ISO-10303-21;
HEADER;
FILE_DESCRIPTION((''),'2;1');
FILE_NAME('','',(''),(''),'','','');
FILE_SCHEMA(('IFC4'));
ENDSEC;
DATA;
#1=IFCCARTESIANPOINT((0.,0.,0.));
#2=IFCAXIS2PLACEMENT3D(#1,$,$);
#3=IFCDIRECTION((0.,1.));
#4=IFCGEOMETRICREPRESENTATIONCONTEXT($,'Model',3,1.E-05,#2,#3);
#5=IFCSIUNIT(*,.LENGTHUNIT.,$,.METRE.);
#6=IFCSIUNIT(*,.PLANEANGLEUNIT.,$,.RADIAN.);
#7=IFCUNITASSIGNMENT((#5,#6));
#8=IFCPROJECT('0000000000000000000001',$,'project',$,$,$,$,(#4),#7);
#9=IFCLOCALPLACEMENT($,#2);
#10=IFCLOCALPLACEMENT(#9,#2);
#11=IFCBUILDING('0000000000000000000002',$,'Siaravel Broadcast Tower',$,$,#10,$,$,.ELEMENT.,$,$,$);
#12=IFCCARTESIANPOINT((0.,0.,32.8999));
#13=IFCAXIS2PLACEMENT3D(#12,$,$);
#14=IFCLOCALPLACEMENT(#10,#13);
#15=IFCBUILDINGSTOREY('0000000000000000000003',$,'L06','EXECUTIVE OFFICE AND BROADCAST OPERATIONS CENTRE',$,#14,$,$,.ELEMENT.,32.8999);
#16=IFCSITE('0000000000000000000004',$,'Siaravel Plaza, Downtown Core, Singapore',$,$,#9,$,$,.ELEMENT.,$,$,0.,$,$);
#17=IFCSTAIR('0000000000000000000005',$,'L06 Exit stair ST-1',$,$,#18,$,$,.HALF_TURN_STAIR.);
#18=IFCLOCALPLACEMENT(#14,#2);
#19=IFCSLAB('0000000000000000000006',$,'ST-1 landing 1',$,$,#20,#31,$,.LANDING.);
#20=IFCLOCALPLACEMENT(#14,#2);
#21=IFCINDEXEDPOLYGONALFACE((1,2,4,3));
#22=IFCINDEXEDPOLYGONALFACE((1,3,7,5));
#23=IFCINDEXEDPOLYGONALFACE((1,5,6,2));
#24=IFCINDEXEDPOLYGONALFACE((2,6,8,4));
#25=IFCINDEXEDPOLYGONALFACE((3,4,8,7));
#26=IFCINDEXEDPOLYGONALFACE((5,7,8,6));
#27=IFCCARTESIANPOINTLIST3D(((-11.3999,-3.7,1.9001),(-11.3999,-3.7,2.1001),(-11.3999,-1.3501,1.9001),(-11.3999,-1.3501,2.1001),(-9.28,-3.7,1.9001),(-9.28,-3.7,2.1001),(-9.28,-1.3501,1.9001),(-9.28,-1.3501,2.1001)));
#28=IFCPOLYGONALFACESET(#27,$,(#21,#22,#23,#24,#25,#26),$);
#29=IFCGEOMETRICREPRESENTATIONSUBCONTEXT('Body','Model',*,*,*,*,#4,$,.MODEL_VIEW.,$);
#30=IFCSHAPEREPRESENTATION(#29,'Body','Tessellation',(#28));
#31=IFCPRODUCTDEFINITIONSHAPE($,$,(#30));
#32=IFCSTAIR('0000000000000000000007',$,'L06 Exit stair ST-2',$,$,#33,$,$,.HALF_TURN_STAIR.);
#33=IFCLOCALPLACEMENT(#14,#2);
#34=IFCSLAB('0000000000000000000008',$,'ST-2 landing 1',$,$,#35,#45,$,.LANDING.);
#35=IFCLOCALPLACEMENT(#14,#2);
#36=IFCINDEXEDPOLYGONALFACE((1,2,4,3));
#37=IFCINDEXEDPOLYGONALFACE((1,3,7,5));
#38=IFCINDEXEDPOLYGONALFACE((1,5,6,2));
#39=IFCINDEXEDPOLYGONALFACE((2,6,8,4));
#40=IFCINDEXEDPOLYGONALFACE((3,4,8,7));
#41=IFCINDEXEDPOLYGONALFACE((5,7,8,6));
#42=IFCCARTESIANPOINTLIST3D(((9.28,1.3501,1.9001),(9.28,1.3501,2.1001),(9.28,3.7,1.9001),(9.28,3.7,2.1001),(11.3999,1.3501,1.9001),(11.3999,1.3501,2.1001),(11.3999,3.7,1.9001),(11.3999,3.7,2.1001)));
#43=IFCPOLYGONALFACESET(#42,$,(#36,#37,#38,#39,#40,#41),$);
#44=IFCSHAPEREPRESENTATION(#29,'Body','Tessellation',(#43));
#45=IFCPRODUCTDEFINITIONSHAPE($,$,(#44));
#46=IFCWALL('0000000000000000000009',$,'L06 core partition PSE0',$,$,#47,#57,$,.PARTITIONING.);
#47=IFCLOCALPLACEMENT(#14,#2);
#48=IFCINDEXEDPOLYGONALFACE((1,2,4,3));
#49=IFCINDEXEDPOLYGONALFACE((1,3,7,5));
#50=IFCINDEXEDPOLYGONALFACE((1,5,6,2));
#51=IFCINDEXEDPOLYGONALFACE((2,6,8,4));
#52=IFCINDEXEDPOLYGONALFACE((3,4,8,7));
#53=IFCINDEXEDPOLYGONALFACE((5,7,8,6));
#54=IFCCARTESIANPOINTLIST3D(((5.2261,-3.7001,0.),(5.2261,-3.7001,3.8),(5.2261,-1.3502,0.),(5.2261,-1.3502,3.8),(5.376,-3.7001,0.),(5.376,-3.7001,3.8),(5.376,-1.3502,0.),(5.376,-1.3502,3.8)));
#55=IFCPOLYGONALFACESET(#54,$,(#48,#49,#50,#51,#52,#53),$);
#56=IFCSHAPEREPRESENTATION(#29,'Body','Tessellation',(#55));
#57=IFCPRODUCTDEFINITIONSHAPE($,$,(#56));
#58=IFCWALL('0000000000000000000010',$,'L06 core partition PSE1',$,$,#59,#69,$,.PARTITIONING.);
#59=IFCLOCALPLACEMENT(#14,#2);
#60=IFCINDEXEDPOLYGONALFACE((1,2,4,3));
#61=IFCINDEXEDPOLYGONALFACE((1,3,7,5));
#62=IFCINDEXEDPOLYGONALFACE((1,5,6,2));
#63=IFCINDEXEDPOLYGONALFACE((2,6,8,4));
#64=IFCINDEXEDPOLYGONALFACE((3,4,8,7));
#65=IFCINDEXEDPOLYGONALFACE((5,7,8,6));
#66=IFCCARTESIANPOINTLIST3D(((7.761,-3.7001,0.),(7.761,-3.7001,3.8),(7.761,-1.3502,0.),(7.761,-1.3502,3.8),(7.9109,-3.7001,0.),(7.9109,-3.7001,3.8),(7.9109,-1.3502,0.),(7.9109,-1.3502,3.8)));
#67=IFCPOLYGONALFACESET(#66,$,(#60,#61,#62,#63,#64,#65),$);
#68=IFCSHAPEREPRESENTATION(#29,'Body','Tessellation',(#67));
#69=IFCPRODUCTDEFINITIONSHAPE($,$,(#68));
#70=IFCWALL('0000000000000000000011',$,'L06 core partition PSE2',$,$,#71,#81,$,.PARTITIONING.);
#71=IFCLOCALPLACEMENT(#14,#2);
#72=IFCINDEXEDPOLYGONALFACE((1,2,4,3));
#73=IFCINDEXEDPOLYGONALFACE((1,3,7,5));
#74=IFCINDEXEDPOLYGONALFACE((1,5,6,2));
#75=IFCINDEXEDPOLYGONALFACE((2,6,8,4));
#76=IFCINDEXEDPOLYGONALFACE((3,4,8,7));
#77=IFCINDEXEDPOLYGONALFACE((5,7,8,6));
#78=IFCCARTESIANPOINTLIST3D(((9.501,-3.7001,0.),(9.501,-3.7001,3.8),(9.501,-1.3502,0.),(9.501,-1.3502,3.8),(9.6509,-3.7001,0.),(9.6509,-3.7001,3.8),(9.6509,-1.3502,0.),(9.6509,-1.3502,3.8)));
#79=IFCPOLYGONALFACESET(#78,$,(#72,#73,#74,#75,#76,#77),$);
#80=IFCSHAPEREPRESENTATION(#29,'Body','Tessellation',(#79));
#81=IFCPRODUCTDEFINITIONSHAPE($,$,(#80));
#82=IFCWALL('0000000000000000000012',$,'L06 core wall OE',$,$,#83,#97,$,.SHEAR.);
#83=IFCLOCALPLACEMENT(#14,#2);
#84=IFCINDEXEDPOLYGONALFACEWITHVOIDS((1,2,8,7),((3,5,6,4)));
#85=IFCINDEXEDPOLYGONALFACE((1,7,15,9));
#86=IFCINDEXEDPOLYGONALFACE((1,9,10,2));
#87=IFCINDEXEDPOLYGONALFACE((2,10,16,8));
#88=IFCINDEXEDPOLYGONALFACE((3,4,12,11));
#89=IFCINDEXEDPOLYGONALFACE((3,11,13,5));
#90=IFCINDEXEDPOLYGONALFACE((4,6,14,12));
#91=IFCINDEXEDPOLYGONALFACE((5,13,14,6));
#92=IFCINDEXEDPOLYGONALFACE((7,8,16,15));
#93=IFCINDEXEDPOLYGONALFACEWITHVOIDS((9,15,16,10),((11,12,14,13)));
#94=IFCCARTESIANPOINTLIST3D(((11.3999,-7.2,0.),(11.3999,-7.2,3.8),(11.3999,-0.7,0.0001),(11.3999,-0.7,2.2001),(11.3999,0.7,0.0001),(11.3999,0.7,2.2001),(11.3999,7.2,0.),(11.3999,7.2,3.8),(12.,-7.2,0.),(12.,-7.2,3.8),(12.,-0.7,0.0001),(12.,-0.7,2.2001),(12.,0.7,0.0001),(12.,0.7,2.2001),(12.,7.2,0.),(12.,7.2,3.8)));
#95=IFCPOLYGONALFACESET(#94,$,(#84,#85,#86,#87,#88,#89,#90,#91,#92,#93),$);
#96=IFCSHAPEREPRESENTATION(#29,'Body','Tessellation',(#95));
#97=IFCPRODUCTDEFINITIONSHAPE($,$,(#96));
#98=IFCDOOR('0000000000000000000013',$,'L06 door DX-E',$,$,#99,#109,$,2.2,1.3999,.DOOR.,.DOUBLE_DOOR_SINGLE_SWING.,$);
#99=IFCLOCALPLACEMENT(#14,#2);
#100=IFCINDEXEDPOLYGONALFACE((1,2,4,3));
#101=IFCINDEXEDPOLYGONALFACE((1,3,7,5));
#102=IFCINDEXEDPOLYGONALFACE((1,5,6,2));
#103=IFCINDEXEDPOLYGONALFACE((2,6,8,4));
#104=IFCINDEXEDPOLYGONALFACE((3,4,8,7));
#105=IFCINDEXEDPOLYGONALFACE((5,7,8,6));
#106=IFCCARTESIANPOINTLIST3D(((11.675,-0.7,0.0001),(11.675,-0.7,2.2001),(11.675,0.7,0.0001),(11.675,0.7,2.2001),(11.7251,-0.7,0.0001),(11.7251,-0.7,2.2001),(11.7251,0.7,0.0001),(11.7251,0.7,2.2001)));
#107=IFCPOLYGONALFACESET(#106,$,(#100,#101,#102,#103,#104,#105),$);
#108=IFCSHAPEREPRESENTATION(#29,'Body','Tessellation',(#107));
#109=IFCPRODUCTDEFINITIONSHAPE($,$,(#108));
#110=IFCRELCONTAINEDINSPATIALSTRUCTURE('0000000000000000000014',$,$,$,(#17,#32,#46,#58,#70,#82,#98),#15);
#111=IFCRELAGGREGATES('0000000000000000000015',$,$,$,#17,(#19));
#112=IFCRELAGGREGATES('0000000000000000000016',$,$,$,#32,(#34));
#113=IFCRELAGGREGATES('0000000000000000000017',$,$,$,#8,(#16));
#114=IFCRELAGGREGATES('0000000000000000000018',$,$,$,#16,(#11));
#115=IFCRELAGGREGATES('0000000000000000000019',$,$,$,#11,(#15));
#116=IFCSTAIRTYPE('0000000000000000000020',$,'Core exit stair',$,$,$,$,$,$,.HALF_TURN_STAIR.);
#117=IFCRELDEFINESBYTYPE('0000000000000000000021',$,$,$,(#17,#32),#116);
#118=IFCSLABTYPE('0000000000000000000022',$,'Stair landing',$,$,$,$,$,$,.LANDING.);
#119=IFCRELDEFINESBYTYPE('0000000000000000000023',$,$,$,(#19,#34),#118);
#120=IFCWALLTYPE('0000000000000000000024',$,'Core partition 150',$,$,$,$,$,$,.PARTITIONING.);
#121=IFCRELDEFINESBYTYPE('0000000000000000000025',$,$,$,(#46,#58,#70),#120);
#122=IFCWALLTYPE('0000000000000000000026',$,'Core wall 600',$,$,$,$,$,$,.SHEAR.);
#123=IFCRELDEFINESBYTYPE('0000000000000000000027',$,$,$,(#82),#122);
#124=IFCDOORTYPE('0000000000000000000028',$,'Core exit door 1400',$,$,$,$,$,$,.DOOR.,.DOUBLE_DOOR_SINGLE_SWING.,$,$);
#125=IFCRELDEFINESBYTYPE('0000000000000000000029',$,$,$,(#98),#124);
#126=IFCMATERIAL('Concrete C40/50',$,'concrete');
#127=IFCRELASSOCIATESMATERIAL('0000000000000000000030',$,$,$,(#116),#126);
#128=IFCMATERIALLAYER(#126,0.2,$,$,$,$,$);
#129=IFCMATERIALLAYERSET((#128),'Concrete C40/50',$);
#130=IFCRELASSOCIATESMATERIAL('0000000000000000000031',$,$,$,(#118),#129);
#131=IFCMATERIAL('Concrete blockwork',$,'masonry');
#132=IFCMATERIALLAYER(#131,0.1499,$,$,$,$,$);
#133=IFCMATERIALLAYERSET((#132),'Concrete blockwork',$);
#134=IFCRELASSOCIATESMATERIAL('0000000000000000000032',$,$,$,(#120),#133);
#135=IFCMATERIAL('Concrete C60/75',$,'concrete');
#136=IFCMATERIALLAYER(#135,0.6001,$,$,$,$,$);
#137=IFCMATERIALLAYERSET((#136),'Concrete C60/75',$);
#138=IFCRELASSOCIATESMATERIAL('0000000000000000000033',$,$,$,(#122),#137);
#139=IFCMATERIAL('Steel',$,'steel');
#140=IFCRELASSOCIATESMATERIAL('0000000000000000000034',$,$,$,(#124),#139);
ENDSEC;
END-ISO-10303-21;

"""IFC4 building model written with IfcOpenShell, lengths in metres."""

from ifc_helpers import new_model, si_unit, direction, frame, frame_2d, origin, place, context, subcontext, project, spatial, polyline, rectangle, outline, extrude, material, layer, layer_set, type_object, element, fill, aggregate, save


model = new_model("IFC4")

# Units and contexts
model_context = context("Model", 3, precision=1e-05, world=origin(), true_north=direction((0.0, 1.0)))
body_context = subcontext(model_context, "Body", "Model", "MODEL_VIEW")
ifc_project = project(units=[si_unit("LENGTHUNIT", "METRE"), si_unit("PLANEANGLEUNIT", "RADIAN")], contexts=[model_context])

# Site, building, storey
site_placement = place(None, origin())
site = spatial("IfcSite", under=ifc_project, at=site_placement, Name="Siaravel Plaza, Downtown Core, Singapore", CompositionType="ELEMENT", RefElevation=0.0)
building_placement = place(site_placement, origin())
building = spatial("IfcBuilding", under=site, at=building_placement, Name="Siaravel Broadcast Tower", CompositionType="ELEMENT")
storey_placement = place(building_placement, frame((0.0, 0.0, 32.8999)))
storey = spatial("IfcBuildingStorey", under=building, at=storey_placement, Name="L06", Description="EXECUTIVE OFFICE AND BROADCAST OPERATIONS CENTRE", CompositionType="ELEMENT", Elevation=32.8999)

# Stairs, slabs
ifc_material_1 = material(Name="Concrete C40/50", Category="concrete")
stair_type = type_object("IfcStairType", Name="Core exit stair", PredefinedType="HALF_TURN_STAIR", material=ifc_material_1)
stair_1_placement = place(storey_placement, origin())
stair_1 = element("IfcStair", 1, at=stair_1_placement, inside=storey, type_object=stair_type, Name="L06 Exit stair ST-1", PredefinedType="HALF_TURN_STAIR")
ifc_layer_1 = layer(ifc_material_1, 0.2)
ifc_layer_set_1 = layer_set([ifc_layer_1], Name="Concrete C40/50")
slab_type = type_object("IfcSlabType", Name="Stair landing", PredefinedType="LANDING", material=ifc_layer_set_1)
slab_1_placement = place(storey_placement, frame((0.0, 0.0, 1.9001)))
slab_1 = element("IfcSlab", 2, at=slab_1_placement, type_object=slab_type, Name="ST-1 landing 1", PredefinedType="LANDING", context=body_context, shape_type="SweptSolid", body=[
    extrude(outline(polyline([(-9.28, -1.3501), (-11.3999, -1.3501), (-11.3999, -3.7), (-9.28, -3.7), (-9.28, -1.3501)])), origin(), (0.0, 0.0, 1.0), 0.2),
])
aggregate(stair_1, [slab_1])
stair_2_placement = place(storey_placement, origin())
stair_2 = element("IfcStair", 3, at=stair_2_placement, inside=storey, type_object=stair_type, Name="L06 Exit stair ST-2", PredefinedType="HALF_TURN_STAIR")
slab_2_placement = place(storey_placement, frame((0.0, 0.0, 1.9001)))
slab_2 = element("IfcSlab", 4, at=slab_2_placement, type_object=slab_type, Name="ST-2 landing 1", PredefinedType="LANDING", context=body_context, shape_type="SweptSolid", body=[
    extrude(outline(polyline([(9.28, 1.3501), (11.3999, 1.3501), (11.3999, 3.7), (9.28, 3.7), (9.28, 1.3501)])), origin(), (0.0, 0.0, 1.0), 0.2),
])
aggregate(stair_2, [slab_2])

# Walls
ifc_material_2 = material(Name="Concrete blockwork", Category="masonry")
ifc_layer_2 = layer(ifc_material_2, 0.1499)
ifc_layer_set_2 = layer_set([ifc_layer_2], Name="Concrete blockwork")
wall_type_1 = type_object("IfcWallType", Name="Core partition 150", PredefinedType="PARTITIONING", material=ifc_layer_set_2)
for number, where, z_axis, x_axis, name in (
    (5, (5.301, -3.7, 0.0), (0.0, 0.0, 1.0), (0.0, 1.0, 0.0), "L06 core partition PSE0"),
    (6, (7.8359, -3.7, 0.0), (0.0, 0.0, 1.0), (0.0, 1.0, 0.0), "L06 core partition PSE1"),
    (7, (9.5759, -3.7, 0.0), (0.0, 0.0, 1.0), (0.0, 1.0, 0.0), "L06 core partition PSE2"),
):
    element("IfcWall", number, at=place(storey_placement, frame(where, z_axis=z_axis, x_axis=x_axis)), inside=storey, type_object=wall_type_1, Name=name, PredefinedType="PARTITIONING", context=body_context, shape_type="SweptSolid", body=[
        extrude(rectangle(XDim=2.3499, YDim=0.1499, at=frame_2d((1.1748, 0.0))), origin(), (0.0, 0.0, 1.0), 3.8),
    ])

# Wall, opening, door
ifc_material_3 = material(Name="Concrete C60/75", Category="concrete")
ifc_layer_3 = layer(ifc_material_3, 0.6001)
ifc_layer_set_3 = layer_set([ifc_layer_3], Name="Concrete C60/75")
wall_type_2 = type_object("IfcWallType", Name="Core wall 600", PredefinedType="SHEAR", material=ifc_layer_set_3)
wall_1_placement = place(storey_placement, frame((11.7, -7.2, 0.0), z_axis=(0.0, 0.0, 1.0), x_axis=(0.0, 1.0, 0.0)))
wall_1 = element("IfcWall", 8, at=wall_1_placement, inside=storey, type_object=wall_type_2, Name="L06 core wall OE", PredefinedType="SHEAR", context=body_context, shape_type="SweptSolid", body=[
    extrude(rectangle(XDim=14.3999, YDim=0.6001, at=frame_2d((7.2, 0.0))), origin(), (0.0, 0.0, 1.0), 3.8),
])
opening_1_placement = place(wall_1_placement, frame((6.5, 0.0, 0.0)))
opening_1 = element("IfcOpeningElement", 9, at=opening_1_placement, cuts=wall_1, PredefinedType="OPENING", context=body_context, shape_type="SweptSolid", body=[
    extrude(rectangle(XDim=1.3999, YDim=2.2, at=frame_2d((0.7, 1.1001))), frame((0.0, 0.3101, 0.0), z_axis=(0.0, -1.0, 0.0), x_axis=(1.0, 0.0, 0.0)), (0.0, 0.0, 1.0), 0.6201),
])
ifc_material_4 = material(Name="Steel", Category="steel")
door_type_1 = type_object("IfcDoorType", Name="Core exit door 1400", OperationType="DOUBLE_DOOR_SINGLE_SWING", PredefinedType="DOOR", material=ifc_material_4)
door_1_placement = place(opening_1_placement, origin())
door_1 = element("IfcDoor", 10, at=door_1_placement, inside=storey, type_object=door_type_1, Name="L06 door DX-E", OperationType="DOUBLE_DOOR_SINGLE_SWING", OverallHeight=2.2, OverallWidth=1.3999, PredefinedType="DOOR", context=body_context, shape_type="SweptSolid", body=[
    extrude(rectangle(XDim=1.3999, YDim=2.2, at=frame_2d((0.7, 1.1001))), frame((0.0, 0.0249, 0.0), z_axis=(0.0, -1.0, 0.0), x_axis=(1.0, 0.0, 0.0)), (0.0, 0.0, 1.0), 0.05),
])
fill(opening_1, door_1)

save(model, "model.ifc")
